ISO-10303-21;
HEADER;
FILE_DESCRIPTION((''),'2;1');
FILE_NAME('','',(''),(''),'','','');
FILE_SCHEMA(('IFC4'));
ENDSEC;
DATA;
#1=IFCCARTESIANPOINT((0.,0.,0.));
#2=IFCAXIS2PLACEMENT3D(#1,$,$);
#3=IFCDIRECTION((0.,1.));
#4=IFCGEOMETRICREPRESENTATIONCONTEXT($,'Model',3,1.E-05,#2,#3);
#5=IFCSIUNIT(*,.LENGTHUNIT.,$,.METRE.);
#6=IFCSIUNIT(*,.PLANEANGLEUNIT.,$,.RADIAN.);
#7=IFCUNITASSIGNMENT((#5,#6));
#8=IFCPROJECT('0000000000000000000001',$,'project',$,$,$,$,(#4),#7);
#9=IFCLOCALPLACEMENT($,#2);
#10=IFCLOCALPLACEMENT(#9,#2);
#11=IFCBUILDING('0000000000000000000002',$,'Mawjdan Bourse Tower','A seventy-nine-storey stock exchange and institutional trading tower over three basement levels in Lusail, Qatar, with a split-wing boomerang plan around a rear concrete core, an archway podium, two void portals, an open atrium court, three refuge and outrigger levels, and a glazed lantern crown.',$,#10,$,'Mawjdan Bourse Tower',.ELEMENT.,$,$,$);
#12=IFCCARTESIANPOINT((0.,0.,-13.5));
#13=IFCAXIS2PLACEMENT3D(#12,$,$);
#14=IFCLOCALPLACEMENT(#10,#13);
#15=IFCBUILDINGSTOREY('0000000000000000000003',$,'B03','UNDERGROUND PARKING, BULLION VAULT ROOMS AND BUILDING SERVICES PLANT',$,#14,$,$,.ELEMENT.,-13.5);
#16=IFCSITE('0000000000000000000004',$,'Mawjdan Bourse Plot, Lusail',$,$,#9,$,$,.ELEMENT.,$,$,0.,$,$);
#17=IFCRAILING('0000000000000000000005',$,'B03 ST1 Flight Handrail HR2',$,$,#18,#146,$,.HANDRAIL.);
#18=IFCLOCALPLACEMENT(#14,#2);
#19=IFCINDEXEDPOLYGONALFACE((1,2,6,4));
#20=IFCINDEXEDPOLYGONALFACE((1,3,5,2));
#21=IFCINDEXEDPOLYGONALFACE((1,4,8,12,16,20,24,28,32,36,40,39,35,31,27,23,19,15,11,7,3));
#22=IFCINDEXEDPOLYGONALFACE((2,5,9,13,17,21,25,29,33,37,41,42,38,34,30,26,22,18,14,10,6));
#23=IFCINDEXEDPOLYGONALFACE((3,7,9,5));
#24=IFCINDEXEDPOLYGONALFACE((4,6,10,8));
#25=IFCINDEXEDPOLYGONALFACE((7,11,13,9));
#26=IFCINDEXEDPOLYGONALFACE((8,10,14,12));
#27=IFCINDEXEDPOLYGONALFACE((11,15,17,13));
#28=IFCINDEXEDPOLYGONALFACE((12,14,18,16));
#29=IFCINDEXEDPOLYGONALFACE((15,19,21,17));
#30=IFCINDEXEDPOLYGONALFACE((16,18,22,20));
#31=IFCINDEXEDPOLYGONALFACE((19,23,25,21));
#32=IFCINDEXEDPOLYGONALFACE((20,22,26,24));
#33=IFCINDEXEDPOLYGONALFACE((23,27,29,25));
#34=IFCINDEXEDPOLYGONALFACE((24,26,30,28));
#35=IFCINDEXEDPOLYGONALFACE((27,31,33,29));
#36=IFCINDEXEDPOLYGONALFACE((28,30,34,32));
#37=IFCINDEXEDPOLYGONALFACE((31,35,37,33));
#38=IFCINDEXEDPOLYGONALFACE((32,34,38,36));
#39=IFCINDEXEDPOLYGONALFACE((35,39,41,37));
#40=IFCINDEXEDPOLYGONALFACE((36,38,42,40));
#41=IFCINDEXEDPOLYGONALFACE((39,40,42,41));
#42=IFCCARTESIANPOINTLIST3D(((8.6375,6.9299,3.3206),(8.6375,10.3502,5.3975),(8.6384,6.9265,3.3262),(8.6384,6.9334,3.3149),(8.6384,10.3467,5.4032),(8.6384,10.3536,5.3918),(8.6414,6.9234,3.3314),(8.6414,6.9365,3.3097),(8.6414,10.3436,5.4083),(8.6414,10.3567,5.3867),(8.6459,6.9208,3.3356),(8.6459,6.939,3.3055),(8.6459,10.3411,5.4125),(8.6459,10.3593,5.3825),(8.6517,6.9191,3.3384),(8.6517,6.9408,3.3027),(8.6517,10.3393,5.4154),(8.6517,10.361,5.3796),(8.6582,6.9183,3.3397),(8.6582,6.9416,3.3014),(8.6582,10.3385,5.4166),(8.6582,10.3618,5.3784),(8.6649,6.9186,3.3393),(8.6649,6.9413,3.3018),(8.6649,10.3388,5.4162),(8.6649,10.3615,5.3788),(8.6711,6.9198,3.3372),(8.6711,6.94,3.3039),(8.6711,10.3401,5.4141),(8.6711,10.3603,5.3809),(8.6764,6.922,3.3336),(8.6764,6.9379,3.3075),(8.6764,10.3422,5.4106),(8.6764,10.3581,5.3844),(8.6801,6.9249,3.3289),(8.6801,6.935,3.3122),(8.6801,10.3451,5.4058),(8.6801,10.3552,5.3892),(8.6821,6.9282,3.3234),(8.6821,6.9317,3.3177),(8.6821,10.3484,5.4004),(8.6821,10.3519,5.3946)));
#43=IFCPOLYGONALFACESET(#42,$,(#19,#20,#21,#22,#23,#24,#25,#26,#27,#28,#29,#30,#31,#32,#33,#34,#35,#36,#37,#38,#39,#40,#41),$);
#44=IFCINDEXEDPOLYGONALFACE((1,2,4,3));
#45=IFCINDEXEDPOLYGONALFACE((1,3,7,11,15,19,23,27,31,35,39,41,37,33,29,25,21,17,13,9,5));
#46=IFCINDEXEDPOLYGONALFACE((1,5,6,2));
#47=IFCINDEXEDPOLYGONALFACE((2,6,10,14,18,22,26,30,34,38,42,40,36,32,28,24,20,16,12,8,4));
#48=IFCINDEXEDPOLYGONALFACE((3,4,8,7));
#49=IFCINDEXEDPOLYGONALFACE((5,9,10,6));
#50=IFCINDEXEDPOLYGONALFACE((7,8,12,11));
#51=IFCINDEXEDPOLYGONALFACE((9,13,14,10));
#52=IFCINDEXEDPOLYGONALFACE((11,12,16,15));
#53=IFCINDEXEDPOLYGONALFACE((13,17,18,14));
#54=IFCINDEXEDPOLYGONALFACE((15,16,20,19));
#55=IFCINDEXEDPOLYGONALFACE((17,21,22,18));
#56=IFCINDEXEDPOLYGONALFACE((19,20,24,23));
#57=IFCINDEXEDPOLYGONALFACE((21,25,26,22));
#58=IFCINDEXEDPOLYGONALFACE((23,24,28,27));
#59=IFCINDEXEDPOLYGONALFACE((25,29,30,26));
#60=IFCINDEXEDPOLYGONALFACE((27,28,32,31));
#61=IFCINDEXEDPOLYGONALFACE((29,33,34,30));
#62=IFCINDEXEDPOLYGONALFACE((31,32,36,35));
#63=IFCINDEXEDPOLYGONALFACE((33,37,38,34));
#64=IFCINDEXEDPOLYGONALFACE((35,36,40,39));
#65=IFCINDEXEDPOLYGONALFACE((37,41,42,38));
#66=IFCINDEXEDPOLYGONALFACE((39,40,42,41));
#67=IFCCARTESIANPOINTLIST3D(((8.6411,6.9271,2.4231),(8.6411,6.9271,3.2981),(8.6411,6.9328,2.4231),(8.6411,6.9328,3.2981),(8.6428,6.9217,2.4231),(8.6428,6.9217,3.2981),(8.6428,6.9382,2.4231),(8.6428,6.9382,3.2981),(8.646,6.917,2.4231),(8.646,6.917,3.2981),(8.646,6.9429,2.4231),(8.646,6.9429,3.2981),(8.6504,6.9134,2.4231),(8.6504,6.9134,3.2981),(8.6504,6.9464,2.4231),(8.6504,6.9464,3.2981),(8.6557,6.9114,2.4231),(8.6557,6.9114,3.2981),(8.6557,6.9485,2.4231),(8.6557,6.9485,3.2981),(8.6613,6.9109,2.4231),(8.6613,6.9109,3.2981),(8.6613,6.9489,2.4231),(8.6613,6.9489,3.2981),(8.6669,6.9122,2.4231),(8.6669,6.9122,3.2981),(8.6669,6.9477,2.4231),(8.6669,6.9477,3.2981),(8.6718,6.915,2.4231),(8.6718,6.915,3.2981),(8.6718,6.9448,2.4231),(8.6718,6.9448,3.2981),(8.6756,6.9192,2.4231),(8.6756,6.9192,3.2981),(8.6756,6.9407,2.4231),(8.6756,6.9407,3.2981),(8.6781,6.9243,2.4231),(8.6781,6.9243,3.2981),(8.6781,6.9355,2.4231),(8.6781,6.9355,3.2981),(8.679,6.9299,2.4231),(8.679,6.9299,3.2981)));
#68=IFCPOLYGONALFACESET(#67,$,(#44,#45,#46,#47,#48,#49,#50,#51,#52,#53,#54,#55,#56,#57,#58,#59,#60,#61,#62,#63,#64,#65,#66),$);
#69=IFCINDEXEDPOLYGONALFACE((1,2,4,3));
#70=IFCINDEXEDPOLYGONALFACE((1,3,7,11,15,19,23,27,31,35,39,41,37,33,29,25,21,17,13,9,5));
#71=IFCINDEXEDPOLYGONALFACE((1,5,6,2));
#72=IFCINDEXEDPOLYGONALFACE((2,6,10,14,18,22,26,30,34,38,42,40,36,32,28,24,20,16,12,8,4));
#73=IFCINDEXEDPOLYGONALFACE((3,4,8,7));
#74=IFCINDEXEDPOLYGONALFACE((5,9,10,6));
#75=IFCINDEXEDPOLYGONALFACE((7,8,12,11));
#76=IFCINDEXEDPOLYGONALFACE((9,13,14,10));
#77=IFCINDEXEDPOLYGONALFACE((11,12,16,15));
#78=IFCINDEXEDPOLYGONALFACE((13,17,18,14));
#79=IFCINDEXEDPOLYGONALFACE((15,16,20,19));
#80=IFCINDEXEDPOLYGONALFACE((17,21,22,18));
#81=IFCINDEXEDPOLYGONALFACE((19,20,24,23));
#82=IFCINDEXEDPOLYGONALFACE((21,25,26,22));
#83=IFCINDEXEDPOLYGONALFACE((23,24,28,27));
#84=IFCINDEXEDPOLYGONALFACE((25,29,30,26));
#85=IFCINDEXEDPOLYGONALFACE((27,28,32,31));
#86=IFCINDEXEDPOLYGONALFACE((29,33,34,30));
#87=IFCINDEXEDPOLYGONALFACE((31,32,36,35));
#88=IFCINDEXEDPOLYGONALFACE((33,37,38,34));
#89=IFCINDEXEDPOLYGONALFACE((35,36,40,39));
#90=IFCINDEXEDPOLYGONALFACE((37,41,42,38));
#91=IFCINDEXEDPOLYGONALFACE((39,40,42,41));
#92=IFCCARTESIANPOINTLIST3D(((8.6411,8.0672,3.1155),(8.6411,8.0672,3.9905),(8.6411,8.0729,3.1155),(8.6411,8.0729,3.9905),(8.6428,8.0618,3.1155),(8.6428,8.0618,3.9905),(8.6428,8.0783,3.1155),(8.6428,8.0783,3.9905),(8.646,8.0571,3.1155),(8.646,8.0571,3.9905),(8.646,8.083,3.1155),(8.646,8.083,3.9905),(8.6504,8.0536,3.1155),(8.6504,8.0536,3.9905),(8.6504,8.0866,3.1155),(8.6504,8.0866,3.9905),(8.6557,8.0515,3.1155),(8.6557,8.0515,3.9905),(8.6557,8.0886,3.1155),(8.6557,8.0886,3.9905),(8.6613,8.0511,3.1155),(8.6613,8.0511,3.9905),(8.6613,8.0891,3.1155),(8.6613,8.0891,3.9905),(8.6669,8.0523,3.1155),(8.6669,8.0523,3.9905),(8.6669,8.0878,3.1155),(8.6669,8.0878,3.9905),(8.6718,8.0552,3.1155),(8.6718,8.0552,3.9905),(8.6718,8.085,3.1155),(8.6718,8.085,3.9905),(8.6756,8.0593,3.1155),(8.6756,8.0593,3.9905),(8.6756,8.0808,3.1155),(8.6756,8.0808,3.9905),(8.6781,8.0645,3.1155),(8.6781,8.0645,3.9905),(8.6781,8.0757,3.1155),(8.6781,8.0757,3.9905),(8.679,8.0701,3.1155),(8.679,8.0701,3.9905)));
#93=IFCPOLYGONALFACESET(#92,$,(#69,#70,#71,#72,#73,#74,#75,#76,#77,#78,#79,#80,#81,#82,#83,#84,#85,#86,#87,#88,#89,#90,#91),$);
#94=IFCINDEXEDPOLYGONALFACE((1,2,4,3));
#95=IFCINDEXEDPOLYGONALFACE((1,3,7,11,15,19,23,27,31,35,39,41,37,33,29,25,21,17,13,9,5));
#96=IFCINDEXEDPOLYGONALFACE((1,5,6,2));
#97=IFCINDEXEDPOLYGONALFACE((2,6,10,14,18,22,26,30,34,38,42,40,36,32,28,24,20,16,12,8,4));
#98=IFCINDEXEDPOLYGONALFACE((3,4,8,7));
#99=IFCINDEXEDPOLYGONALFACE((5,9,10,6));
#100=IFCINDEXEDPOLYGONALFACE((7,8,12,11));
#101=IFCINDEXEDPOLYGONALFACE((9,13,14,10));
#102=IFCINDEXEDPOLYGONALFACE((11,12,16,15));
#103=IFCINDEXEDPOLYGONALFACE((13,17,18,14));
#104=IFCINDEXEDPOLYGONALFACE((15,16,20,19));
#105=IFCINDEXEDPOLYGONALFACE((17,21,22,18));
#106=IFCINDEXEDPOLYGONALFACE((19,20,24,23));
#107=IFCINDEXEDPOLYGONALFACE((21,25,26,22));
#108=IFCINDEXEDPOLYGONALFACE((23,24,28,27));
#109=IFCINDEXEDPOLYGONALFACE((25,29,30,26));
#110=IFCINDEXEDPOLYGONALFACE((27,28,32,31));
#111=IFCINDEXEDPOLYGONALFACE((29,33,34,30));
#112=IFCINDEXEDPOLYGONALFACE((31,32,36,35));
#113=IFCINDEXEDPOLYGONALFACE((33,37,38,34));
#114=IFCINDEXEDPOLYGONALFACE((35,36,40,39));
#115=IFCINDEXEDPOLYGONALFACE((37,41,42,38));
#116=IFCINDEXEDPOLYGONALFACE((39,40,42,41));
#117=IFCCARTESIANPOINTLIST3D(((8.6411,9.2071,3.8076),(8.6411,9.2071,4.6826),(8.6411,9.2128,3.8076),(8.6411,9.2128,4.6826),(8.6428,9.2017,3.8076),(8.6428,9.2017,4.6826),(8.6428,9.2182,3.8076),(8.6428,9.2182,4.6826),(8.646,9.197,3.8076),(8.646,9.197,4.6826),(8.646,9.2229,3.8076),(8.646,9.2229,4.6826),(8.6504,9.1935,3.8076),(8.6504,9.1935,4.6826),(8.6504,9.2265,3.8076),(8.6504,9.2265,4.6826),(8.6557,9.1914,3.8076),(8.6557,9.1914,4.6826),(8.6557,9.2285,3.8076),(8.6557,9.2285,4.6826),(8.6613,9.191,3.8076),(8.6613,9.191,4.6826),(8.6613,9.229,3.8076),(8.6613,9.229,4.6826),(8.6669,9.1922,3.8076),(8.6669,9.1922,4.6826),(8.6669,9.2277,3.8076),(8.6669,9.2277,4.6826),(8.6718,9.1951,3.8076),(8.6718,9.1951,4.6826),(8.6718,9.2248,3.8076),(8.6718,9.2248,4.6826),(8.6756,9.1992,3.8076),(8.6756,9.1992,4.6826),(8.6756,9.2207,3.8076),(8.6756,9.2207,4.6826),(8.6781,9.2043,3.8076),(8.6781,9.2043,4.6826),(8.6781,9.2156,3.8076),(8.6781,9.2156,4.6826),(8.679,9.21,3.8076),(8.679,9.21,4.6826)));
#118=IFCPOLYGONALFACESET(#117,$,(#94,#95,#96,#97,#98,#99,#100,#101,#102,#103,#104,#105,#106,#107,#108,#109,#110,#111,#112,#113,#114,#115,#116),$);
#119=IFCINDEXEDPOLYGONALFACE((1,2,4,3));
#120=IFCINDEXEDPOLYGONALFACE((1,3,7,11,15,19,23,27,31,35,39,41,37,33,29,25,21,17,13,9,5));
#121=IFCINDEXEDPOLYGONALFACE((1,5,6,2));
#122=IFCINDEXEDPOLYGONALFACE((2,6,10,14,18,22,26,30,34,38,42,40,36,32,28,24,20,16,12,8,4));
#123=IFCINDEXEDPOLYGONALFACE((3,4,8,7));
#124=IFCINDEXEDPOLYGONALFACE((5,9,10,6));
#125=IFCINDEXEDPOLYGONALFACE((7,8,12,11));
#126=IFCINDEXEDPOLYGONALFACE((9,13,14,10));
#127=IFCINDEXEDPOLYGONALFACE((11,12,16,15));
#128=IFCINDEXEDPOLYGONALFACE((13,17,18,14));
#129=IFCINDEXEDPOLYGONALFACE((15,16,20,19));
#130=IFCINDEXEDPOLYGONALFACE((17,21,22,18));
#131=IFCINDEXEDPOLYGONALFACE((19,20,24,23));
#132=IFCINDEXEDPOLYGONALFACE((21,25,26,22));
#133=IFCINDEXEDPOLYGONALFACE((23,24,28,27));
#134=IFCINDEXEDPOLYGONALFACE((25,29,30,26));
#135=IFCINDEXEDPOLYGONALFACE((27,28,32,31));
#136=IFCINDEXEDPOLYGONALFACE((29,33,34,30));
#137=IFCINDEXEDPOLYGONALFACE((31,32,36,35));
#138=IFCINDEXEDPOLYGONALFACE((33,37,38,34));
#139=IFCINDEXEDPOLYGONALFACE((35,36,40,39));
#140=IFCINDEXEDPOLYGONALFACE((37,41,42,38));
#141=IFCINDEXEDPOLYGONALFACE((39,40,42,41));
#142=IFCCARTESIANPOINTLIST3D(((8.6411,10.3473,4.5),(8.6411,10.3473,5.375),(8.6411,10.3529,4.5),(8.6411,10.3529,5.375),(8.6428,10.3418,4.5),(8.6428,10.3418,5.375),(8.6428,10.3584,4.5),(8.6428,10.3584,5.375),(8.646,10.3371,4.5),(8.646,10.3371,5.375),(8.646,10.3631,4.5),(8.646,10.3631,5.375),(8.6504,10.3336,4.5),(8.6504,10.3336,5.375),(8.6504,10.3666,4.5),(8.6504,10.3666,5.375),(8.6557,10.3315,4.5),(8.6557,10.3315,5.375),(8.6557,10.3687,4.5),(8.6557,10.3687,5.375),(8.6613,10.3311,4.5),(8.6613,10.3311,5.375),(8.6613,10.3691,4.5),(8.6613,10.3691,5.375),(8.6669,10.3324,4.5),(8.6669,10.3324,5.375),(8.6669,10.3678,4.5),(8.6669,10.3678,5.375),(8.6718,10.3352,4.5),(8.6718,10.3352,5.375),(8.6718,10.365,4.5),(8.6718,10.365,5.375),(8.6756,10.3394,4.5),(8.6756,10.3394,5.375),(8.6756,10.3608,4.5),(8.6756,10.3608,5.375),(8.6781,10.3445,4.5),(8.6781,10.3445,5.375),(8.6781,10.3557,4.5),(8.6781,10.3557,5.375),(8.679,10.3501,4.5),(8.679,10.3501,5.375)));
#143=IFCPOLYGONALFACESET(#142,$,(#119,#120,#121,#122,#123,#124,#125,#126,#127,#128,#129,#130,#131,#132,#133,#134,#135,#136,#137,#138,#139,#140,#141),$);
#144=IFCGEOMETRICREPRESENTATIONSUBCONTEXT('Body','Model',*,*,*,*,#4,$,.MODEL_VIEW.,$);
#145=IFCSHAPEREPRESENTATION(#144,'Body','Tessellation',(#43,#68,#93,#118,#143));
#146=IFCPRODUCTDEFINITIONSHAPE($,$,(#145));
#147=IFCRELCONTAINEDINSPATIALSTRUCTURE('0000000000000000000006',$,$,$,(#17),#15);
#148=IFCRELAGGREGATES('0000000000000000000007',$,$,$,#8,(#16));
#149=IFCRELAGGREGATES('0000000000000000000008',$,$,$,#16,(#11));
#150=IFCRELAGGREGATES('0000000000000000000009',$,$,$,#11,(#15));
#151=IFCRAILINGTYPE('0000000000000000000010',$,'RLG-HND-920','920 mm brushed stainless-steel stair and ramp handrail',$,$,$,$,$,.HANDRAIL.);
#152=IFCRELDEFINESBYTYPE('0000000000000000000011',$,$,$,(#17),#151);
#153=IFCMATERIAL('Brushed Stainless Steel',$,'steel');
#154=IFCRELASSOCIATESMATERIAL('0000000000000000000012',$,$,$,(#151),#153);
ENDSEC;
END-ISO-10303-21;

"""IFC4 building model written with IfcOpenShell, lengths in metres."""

from ifc_helpers import new_model, si_unit, direction, frame, origin, origin_2d, place, context, subcontext, project, spatial, circle, extrude, material, type_object, element, save


model = new_model("IFC4")

# Units and contexts
model_context = context("Model", 3, precision=1e-05, world=origin(), true_north=direction((0.0, 1.0)))
body_context = subcontext(model_context, "Body", "Model", "MODEL_VIEW")
ifc_project = project(units=[si_unit("LENGTHUNIT", "METRE"), si_unit("PLANEANGLEUNIT", "RADIAN")], contexts=[model_context])

# Site, building, storey
site_placement = place(None, origin())
site = spatial("IfcSite", under=ifc_project, at=site_placement, Name="Mawjdan Bourse Plot, Lusail", CompositionType="ELEMENT", RefElevation=0.0)
building_placement = place(site_placement, origin())
building = spatial("IfcBuilding", under=site, at=building_placement, Name="Mawjdan Bourse Tower", Description="A seventy-nine-storey stock exchange and institutional trading tower over three basement levels in Lusail, Qatar, with a split-wing boomerang plan around a rear concrete core, an archway podium, two void portals, an open atrium court, three refuge and outrigger levels, and a glazed lantern crown.", LongName="Mawjdan Bourse Tower", CompositionType="ELEMENT")
storey_placement = place(building_placement, frame((0.0, 0.0, -13.5)))
storey = spatial("IfcBuildingStorey", under=building, at=storey_placement, Name="B03", Description="UNDERGROUND PARKING, BULLION VAULT ROOMS AND BUILDING SERVICES PLANT", CompositionType="ELEMENT", Elevation=-13.5)

# Railing
ifc_material_1 = material(Name="Brushed Stainless Steel", Category="steel")
railing_type_1 = type_object("IfcRailingType", Name="RLG-HND-920", Description="920 mm brushed stainless-steel stair and ramp handrail", PredefinedType="HANDRAIL", material=ifc_material_1)
railing_1_placement = place(storey_placement, frame((8.6599, 6.9299, 2.4231)))
element("IfcRailing", 1, at=railing_1_placement, inside=storey, type_object=railing_type_1, Name="B03 ST1 Flight Handrail HR2", PredefinedType="HANDRAIL", context=body_context, shape_type="SweptSolid", body=[
    extrude(circle(Radius=0.0225, at=origin_2d()), frame((0.0, 0.0, 0.8975), z_axis=(0.0, 0.854746, 0.519047), x_axis=(-1.0, 0.0, 0.0)), (0.0, 0.0, 1.0), 4.0015),
    extrude(circle(Radius=0.019, at=origin_2d()), origin(), (0.0, 0.0, 1.0), 0.875),
    extrude(circle(Radius=0.019, at=origin_2d()), frame((0.0, 1.1401, 0.6924)), (0.0, 0.0, 1.0), 0.875),
    extrude(circle(Radius=0.019, at=origin_2d()), frame((0.0, 2.28, 1.3845)), (0.0, 0.0, 1.0), 0.875),
    extrude(circle(Radius=0.019, at=origin_2d()), frame((0.0, 3.4202, 2.0769)), (0.0, 0.0, 1.0), 0.875),
])

save(model, "model.ifc")
